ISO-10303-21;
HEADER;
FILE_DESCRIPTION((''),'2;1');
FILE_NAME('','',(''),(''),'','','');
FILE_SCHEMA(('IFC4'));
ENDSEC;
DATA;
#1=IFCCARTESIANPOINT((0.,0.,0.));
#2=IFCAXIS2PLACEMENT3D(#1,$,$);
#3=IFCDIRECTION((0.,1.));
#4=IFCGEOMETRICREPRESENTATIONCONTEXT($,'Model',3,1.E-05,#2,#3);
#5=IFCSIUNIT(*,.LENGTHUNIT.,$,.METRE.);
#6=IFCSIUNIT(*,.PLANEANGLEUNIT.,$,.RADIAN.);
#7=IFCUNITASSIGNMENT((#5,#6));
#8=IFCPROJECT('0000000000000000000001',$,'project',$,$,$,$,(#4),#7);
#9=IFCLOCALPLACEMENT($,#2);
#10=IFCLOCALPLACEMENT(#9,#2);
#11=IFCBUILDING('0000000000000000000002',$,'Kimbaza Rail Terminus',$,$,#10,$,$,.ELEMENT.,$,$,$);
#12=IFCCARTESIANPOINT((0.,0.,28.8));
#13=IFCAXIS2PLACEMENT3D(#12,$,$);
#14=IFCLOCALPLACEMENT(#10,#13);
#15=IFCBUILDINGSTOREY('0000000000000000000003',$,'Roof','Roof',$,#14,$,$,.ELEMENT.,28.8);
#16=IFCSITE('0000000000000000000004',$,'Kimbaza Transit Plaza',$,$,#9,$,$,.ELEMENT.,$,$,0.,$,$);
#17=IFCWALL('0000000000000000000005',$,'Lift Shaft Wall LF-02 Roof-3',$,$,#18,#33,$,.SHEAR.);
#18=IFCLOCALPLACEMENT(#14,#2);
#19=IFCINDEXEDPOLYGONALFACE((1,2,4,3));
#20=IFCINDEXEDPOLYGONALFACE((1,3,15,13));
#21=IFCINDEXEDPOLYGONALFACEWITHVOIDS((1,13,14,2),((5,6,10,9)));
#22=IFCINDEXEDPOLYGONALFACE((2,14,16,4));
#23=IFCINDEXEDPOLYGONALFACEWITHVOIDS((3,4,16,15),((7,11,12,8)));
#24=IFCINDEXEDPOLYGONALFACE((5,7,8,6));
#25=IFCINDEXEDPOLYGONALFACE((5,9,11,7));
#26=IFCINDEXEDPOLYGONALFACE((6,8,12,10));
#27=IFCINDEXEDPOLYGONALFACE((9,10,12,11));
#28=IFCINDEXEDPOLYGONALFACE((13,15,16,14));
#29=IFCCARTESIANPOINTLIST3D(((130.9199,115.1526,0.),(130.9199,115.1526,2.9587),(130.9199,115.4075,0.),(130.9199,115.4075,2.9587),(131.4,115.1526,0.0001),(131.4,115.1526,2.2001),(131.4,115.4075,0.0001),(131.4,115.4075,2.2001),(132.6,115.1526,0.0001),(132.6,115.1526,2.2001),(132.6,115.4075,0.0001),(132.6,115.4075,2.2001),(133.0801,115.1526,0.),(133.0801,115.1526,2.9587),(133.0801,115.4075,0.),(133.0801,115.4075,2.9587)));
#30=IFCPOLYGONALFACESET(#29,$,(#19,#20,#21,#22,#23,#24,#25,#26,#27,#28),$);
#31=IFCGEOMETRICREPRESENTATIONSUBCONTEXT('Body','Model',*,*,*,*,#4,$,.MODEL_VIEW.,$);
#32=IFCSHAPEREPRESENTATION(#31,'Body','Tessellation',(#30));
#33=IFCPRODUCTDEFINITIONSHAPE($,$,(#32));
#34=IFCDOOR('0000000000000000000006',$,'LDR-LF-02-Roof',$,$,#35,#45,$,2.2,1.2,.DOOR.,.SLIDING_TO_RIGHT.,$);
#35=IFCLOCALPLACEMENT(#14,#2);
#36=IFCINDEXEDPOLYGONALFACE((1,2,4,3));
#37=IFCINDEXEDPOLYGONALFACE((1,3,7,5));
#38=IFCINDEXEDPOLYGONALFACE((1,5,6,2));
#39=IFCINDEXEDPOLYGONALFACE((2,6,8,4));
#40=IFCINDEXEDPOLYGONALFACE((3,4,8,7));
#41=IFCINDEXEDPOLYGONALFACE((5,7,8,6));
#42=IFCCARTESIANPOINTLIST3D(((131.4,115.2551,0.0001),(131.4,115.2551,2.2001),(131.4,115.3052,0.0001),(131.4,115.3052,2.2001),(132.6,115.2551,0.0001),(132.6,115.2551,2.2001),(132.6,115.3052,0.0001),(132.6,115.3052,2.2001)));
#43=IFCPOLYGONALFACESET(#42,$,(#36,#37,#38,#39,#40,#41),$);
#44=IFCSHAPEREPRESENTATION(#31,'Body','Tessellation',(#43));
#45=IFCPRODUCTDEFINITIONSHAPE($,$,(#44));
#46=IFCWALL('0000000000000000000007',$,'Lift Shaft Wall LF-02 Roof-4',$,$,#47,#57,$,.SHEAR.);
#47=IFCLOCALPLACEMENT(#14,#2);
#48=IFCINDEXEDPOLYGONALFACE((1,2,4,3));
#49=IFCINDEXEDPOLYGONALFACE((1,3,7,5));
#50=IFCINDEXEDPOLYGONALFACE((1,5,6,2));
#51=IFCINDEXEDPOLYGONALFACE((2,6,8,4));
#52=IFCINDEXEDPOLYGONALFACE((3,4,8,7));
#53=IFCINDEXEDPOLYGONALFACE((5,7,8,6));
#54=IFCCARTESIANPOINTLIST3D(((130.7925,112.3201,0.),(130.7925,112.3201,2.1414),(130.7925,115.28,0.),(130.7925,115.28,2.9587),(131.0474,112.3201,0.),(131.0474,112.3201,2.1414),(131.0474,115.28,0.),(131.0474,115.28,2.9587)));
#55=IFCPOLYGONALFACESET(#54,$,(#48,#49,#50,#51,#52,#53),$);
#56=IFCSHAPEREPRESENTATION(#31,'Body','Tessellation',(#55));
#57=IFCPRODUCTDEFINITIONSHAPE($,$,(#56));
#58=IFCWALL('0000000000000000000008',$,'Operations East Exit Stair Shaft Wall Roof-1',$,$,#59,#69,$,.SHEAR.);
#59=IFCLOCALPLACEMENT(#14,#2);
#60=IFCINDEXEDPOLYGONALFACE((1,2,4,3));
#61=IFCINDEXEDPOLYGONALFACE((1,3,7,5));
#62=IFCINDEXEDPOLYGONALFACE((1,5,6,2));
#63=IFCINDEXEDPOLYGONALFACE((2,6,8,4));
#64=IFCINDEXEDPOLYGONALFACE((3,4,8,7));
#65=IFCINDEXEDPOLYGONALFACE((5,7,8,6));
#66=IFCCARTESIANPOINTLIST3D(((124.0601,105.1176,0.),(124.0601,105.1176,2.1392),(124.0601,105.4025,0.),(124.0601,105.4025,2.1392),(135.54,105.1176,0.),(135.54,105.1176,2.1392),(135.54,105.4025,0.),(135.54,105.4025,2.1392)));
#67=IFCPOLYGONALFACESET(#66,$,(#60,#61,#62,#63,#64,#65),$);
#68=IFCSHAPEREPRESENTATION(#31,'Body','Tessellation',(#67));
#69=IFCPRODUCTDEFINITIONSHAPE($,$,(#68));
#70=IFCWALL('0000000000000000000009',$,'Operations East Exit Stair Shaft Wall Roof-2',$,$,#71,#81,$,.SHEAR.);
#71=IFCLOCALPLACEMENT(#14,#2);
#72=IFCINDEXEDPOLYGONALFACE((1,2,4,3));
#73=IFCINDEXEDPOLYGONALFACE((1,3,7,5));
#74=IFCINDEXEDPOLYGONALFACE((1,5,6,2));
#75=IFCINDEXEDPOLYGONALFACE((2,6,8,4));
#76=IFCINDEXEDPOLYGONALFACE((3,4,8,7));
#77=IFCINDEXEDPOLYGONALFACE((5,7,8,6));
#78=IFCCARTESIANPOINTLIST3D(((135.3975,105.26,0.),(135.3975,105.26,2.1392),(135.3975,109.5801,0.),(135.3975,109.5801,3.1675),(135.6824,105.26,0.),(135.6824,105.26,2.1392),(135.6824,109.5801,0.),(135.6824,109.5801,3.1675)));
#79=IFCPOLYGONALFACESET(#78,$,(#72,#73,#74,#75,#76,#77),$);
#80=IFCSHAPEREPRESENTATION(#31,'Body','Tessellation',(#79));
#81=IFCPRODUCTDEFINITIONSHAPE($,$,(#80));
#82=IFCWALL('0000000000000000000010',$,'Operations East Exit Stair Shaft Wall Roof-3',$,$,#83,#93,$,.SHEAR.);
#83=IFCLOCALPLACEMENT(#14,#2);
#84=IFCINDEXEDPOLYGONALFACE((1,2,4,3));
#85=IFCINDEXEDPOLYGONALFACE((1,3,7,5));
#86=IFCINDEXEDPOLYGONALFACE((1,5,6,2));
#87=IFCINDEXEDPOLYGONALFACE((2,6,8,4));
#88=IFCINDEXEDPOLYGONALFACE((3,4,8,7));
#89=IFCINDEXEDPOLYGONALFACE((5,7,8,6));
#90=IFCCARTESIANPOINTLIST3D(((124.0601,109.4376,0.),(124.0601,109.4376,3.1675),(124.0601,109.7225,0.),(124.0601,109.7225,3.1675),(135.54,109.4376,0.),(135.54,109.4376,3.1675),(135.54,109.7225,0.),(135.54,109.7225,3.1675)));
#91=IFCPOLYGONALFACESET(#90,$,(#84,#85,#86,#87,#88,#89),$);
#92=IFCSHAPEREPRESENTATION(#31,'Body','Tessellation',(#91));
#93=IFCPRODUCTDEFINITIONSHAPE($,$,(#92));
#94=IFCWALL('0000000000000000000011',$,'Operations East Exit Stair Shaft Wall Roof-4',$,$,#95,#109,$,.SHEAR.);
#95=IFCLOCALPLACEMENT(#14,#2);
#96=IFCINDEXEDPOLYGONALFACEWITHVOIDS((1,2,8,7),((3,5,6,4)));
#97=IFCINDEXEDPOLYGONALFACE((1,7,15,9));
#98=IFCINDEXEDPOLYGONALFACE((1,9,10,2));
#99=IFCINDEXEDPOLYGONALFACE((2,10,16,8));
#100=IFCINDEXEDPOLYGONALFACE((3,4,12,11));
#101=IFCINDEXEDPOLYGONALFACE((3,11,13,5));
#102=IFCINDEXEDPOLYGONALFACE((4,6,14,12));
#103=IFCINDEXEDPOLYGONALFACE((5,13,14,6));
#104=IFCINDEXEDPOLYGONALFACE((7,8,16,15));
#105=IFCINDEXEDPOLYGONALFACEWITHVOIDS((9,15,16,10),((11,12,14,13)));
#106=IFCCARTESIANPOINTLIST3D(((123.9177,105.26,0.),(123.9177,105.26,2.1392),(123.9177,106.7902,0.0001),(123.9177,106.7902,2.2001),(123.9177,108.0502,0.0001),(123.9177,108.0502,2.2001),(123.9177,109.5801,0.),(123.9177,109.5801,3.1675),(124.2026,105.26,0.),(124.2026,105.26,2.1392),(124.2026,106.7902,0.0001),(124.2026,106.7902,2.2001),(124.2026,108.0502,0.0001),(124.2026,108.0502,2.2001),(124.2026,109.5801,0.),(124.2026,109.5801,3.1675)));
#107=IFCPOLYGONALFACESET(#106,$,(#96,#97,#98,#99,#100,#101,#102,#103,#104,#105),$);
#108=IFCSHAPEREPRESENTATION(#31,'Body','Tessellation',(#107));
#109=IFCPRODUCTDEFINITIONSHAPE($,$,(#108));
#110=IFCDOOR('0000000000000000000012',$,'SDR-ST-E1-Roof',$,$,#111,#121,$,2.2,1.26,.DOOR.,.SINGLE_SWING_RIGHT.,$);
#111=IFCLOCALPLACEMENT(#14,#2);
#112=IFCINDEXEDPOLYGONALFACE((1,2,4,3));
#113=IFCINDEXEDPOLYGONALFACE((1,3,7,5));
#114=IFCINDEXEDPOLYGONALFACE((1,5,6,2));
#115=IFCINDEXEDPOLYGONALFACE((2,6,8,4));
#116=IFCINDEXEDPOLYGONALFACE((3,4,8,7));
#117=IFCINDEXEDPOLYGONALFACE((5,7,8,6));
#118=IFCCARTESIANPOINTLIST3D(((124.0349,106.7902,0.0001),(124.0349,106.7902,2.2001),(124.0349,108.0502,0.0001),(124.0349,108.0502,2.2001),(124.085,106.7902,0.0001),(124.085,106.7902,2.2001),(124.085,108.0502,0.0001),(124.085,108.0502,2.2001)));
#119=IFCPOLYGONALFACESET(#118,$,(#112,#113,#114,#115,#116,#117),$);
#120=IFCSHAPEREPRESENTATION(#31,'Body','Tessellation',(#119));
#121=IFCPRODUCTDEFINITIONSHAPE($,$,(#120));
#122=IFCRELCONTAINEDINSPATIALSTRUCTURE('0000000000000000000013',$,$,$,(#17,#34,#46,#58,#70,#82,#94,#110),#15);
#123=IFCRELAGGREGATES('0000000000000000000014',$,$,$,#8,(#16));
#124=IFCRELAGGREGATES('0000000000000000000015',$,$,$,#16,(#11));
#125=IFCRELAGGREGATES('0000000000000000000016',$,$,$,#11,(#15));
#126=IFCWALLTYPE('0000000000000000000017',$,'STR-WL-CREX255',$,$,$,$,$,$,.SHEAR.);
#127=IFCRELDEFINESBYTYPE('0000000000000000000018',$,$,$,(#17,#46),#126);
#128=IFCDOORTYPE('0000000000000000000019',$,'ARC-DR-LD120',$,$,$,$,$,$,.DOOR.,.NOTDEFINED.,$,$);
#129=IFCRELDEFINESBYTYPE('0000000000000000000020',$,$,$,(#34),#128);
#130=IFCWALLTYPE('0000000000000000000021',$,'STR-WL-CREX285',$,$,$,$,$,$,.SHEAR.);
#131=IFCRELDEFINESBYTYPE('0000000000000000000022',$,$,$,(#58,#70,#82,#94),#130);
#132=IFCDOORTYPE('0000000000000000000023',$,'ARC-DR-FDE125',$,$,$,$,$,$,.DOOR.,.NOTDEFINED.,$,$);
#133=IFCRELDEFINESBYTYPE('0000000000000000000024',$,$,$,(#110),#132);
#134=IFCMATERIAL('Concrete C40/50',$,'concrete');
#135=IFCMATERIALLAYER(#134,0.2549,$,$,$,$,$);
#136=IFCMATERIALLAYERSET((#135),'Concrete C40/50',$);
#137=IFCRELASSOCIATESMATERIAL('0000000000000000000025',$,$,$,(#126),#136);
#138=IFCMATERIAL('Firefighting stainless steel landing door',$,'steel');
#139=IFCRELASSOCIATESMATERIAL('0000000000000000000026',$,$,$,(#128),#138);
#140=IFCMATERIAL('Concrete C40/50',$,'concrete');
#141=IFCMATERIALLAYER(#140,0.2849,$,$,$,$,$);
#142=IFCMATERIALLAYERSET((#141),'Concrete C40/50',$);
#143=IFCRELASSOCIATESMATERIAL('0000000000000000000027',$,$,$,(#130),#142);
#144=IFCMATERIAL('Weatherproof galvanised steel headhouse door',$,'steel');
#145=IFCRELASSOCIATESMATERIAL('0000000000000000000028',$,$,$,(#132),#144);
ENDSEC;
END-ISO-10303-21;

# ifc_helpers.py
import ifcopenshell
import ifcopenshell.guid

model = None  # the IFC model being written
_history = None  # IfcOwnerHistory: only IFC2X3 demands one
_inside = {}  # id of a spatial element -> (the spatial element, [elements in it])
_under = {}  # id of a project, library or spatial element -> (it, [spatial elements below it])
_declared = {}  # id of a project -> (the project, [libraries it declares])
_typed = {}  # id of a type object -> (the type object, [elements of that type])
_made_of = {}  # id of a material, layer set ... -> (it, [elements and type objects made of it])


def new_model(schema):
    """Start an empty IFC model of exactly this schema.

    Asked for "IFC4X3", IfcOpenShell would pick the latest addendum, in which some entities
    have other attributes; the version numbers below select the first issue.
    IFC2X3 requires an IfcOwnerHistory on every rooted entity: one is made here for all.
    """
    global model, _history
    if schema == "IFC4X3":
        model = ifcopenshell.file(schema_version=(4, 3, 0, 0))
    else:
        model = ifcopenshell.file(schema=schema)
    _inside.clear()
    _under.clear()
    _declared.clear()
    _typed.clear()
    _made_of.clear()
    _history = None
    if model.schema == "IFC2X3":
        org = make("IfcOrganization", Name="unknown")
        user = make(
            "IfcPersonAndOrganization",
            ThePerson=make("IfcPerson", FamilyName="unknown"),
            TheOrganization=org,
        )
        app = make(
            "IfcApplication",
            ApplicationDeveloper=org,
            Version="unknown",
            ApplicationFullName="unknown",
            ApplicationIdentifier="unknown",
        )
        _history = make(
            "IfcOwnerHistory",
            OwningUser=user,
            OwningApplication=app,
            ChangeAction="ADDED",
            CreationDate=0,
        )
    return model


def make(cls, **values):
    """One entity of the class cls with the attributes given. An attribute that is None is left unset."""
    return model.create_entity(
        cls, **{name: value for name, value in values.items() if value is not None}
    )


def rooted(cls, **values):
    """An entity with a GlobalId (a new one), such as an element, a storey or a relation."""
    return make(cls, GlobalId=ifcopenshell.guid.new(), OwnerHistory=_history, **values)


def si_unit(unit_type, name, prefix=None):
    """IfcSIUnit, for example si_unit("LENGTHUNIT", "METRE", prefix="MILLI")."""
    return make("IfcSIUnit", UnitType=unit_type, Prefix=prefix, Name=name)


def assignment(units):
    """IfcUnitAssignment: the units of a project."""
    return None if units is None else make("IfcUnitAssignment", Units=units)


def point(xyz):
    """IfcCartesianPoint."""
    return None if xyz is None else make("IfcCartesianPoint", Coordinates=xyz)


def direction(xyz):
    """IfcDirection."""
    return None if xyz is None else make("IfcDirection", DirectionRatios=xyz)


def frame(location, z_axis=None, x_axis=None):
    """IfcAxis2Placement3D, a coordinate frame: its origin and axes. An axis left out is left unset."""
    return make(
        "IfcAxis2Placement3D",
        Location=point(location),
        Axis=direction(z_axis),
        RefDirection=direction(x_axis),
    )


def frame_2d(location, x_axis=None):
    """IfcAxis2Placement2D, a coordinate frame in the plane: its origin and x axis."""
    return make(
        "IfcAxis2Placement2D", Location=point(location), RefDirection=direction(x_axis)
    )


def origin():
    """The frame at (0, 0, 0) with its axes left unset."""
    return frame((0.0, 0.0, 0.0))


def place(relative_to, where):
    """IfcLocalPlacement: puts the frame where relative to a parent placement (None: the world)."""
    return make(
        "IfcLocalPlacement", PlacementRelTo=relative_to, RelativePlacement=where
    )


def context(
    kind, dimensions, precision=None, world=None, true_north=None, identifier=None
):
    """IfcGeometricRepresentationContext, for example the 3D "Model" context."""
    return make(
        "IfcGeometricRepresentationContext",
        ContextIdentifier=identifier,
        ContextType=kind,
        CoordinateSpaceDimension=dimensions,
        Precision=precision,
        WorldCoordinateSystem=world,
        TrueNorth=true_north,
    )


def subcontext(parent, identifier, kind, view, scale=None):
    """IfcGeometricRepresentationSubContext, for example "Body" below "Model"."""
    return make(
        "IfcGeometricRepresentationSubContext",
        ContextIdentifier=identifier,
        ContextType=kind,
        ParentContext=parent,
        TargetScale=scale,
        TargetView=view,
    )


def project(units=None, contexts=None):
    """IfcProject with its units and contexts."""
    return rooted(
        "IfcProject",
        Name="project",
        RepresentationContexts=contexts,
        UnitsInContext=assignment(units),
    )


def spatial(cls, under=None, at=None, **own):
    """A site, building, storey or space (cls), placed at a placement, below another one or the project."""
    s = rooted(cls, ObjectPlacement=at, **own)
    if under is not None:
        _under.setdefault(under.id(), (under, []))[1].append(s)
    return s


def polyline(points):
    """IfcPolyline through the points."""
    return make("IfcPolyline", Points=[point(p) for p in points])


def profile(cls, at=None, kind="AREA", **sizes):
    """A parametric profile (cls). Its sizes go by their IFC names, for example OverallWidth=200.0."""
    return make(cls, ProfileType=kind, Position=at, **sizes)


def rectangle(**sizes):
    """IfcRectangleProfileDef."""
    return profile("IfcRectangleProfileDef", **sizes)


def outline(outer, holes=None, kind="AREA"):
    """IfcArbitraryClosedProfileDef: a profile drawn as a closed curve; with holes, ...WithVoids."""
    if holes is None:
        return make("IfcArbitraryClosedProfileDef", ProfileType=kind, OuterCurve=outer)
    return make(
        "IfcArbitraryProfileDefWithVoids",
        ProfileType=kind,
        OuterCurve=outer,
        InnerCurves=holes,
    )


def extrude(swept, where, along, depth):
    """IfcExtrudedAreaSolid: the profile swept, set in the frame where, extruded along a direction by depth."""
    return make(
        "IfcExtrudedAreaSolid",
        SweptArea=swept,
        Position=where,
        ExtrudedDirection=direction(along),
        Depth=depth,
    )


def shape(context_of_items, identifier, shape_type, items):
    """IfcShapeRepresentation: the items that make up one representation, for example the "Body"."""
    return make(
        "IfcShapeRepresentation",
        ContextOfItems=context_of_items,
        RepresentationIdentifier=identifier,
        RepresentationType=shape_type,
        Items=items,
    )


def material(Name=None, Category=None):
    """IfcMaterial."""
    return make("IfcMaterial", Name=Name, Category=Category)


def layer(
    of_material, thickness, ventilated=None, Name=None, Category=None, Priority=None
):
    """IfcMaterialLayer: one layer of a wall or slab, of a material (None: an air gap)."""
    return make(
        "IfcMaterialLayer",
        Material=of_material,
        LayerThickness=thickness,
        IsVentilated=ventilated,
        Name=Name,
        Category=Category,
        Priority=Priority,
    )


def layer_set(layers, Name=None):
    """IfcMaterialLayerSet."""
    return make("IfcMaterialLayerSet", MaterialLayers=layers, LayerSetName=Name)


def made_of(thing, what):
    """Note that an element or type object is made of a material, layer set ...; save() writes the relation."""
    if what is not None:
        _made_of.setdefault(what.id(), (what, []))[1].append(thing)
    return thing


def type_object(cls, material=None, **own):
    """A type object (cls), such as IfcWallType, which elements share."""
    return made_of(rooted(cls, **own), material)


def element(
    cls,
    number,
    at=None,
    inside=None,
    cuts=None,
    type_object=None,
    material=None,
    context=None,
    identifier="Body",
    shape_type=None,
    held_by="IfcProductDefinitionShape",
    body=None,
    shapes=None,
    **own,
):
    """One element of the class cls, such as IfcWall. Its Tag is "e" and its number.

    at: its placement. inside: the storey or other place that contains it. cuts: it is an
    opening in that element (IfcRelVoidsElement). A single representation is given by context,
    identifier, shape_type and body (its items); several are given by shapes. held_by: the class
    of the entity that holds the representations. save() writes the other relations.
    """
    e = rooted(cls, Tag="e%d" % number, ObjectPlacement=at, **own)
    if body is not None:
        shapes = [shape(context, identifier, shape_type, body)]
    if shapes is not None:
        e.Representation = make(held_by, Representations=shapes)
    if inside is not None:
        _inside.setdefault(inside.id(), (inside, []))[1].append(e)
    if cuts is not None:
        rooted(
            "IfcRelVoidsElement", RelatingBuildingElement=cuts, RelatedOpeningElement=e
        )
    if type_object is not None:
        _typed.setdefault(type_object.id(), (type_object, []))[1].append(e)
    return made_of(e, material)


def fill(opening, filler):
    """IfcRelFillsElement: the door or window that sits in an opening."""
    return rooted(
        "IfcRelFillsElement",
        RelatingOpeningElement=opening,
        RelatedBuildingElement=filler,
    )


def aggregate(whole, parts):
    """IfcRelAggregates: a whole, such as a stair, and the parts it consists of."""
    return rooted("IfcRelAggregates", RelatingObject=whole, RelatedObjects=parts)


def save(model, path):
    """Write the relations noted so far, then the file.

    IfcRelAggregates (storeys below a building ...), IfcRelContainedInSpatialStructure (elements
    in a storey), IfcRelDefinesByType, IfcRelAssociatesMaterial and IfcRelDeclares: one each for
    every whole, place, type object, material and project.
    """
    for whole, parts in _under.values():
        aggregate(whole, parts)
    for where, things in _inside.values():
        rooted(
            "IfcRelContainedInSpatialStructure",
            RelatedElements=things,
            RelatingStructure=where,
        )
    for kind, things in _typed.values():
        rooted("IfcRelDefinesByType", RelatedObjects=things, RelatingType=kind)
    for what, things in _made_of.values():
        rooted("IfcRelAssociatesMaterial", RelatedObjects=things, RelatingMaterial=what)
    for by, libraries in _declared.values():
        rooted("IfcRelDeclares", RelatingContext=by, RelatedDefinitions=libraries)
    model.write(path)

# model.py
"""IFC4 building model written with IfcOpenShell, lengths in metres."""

from ifc_helpers import new_model, si_unit, direction, frame, frame_2d, origin, place, context, subcontext, project, spatial, polyline, rectangle, outline, extrude, material, layer, layer_set, type_object, element, fill, save


model = new_model("IFC4")

# Units and contexts
model_context = context("Model", 3, precision=1e-05, world=origin(), true_north=direction((0.0, 1.0)))
body_context = subcontext(model_context, "Body", "Model", "MODEL_VIEW")
ifc_project = project(units=[si_unit("LENGTHUNIT", "METRE"), si_unit("PLANEANGLEUNIT", "RADIAN")], contexts=[model_context])

# Site, building, storey
site_placement = place(None, origin())
site = spatial("IfcSite", under=ifc_project, at=site_placement, Name="Kimbaza Transit Plaza", CompositionType="ELEMENT", RefElevation=0.0)
building_placement = place(site_placement, origin())
building = spatial("IfcBuilding", under=site, at=building_placement, Name="Kimbaza Rail Terminus", CompositionType="ELEMENT")
storey_placement = place(building_placement, frame((0.0, 0.0, 28.8)))
storey = spatial("IfcBuildingStorey", under=building, at=storey_placement, Name="Roof", Description="Roof", CompositionType="ELEMENT", Elevation=28.8)

# Shared definitions
ifc_material_1 = material(Name="Concrete C40/50", Category="concrete")
ifc_layer_1 = layer(ifc_material_1, 0.2549)
ifc_layer_set_1 = layer_set([ifc_layer_1], Name="Concrete C40/50")
wall_type_1 = type_object("IfcWallType", Name="STR-WL-CREX255", PredefinedType="SHEAR", material=ifc_layer_set_1)

# Wall, opening, door
wall_1_placement = place(storey_placement, frame((133.0801, 115.28, 0.0), z_axis=(0.0, 0.0, 1.0), x_axis=(-1.0, 0.0, 0.0)))
wall_1 = element("IfcWall", 1, at=wall_1_placement, inside=storey, type_object=wall_type_1, Name="Lift Shaft Wall LF-02 Roof-3", PredefinedType="SHEAR", context=body_context, shape_type="SweptSolid", body=[
    extrude(rectangle(XDim=2.1602, YDim=0.2549, at=frame_2d((1.0801, 0.0))), origin(), (0.0, 0.0, 1.0), 2.9587),
])
opening_1_placement = place(wall_1_placement, frame((0.48, 0.0, 0.0)))
opening_1 = element("IfcOpeningElement", 2, at=opening_1_placement, cuts=wall_1, PredefinedType="OPENING", context=body_context, shape_type="SweptSolid", body=[
    extrude(rectangle(XDim=1.2, YDim=2.2, at=frame_2d((0.6001, 1.1001))), frame((0.0, 0.1375, 0.0), z_axis=(0.0, -1.0, 0.0), x_axis=(1.0, 0.0, 0.0)), (0.0, 0.0, 1.0), 0.2749),
])
ifc_material_2 = material(Name="Firefighting stainless steel landing door", Category="steel")
door_type_1 = type_object("IfcDoorType", Name="ARC-DR-LD120", OperationType="NOTDEFINED", PredefinedType="DOOR", material=ifc_material_2)
door_1_placement = place(opening_1_placement, origin())
door_1 = element("IfcDoor", 3, at=door_1_placement, inside=storey, type_object=door_type_1, Name="LDR-LF-02-Roof", OperationType="SLIDING_TO_RIGHT", OverallHeight=2.2, OverallWidth=1.2, PredefinedType="DOOR", context=body_context, shape_type="SweptSolid", body=[
    extrude(rectangle(XDim=1.2, YDim=2.2, at=frame_2d((0.6001, 1.1001))), frame((0.0, 0.0249, 0.0), z_axis=(0.0, -1.0, 0.0), x_axis=(1.0, 0.0, 0.0)), (0.0, 0.0, 1.0), 0.05),
])
fill(opening_1, door_1)

# Walls
wall_2_placement = place(storey_placement, frame((130.9199, 115.28, 0.0), z_axis=(0.0, 0.0, 1.0), x_axis=(0.0, -1.0, 0.0)))
element("IfcWall", 4, at=wall_2_placement, inside=storey, type_object=wall_type_1, Name="Lift Shaft Wall LF-02 Roof-4", PredefinedType="SHEAR", context=body_context, shape_type="SweptSolid", body=[
    extrude(outline(polyline([(0.0, 0.0), (2.96, 0.0), (2.96, 2.1414), (0.0, 2.9587), (0.0, 0.0)])), frame((0.0, 0.1274, 0.0), z_axis=(0.0, -1.0, 0.0), x_axis=(1.0, 0.0, 0.0)), (0.0, 0.0, 1.0), 0.2549),
])
ifc_material_3 = material(Name="Concrete C40/50", Category="concrete")
ifc_layer_2 = layer(ifc_material_3, 0.2849)
ifc_layer_set_2 = layer_set([ifc_layer_2], Name="Concrete C40/50")
wall_type_2 = type_object("IfcWallType", Name="STR-WL-CREX285", PredefinedType="SHEAR", material=ifc_layer_set_2)
wall_3_placement = place(storey_placement, frame((124.0601, 105.26, 0.0), z_axis=(0.0, 0.0, 1.0), x_axis=(1.0, 0.0, 0.0)))
element("IfcWall", 5, at=wall_3_placement, inside=storey, type_object=wall_type_2, Name="Operations East Exit Stair Shaft Wall Roof-1", PredefinedType="SHEAR", context=body_context, shape_type="SweptSolid", body=[
    extrude(rectangle(XDim=11.48, YDim=0.2849, at=frame_2d((5.74, 0.0))), origin(), (0.0, 0.0, 1.0), 2.1392),
])
wall_4_placement = place(storey_placement, frame((135.54, 105.26, 0.0), z_axis=(0.0, 0.0, 1.0), x_axis=(0.0, 1.0, 0.0)))
element("IfcWall", 6, at=wall_4_placement, inside=storey, type_object=wall_type_2, Name="Operations East Exit Stair Shaft Wall Roof-2", PredefinedType="SHEAR", context=body_context, shape_type="SweptSolid", body=[
    extrude(outline(polyline([(0.0, 0.0), (4.3201, 0.0), (4.3201, 3.1675), (0.0, 2.1392), (0.0, 0.0)])), frame((0.0, 0.1426, 0.0), z_axis=(0.0, -1.0, 0.0), x_axis=(1.0, 0.0, 0.0)), (0.0, 0.0, 1.0), 0.2849),
])
wall_5_placement = place(storey_placement, frame((135.54, 109.5801, 0.0), z_axis=(0.0, 0.0, 1.0), x_axis=(-1.0, 0.0, 0.0)))
element("IfcWall", 7, at=wall_5_placement, inside=storey, type_object=wall_type_2, Name="Operations East Exit Stair Shaft Wall Roof-3", PredefinedType="SHEAR", context=body_context, shape_type="SweptSolid", body=[
    extrude(rectangle(XDim=11.48, YDim=0.2849, at=frame_2d((5.74, 0.0))), origin(), (0.0, 0.0, 1.0), 3.1675),
])

# Wall, opening, door
wall_6_placement = place(storey_placement, frame((124.0601, 109.5801, 0.0), z_axis=(0.0, 0.0, 1.0), x_axis=(0.0, -1.0, 0.0)))
wall_6 = element("IfcWall", 8, at=wall_6_placement, inside=storey, type_object=wall_type_2, Name="Operations East Exit Stair Shaft Wall Roof-4", PredefinedType="SHEAR", context=body_context, shape_type="SweptSolid", body=[
    extrude(outline(polyline([(0.0, 0.0), (4.3201, 0.0), (4.3201, 2.1392), (0.0, 3.1675), (0.0, 0.0)])), frame((0.0, 0.1426, 0.0), z_axis=(0.0, -1.0, 0.0), x_axis=(1.0, 0.0, 0.0)), (0.0, 0.0, 1.0), 0.2849),
])
opening_2_placement = place(wall_6_placement, frame((1.53, 0.0, 0.0)))
opening_2 = element("IfcOpeningElement", 9, at=opening_2_placement, cuts=wall_6, PredefinedType="OPENING", context=body_context, shape_type="SweptSolid", body=[
    extrude(rectangle(XDim=1.26, YDim=2.2, at=frame_2d((0.6299, 1.1001))), frame((0.0, 0.1523, 0.0), z_axis=(0.0, -1.0, 0.0), x_axis=(1.0, 0.0, 0.0)), (0.0, 0.0, 1.0), 0.3049),
])
ifc_material_4 = material(Name="Weatherproof galvanised steel headhouse door", Category="steel")
door_type_2 = type_object("IfcDoorType", Name="ARC-DR-FDE125", OperationType="NOTDEFINED", PredefinedType="DOOR", material=ifc_material_4)
door_2_placement = place(opening_2_placement, origin())
door_2 = element("IfcDoor", 10, at=door_2_placement, inside=storey, type_object=door_type_2, Name="SDR-ST-E1-Roof", OperationType="SINGLE_SWING_RIGHT", OverallHeight=2.2, OverallWidth=1.26, PredefinedType="DOOR", context=body_context, shape_type="SweptSolid", body=[
    extrude(rectangle(XDim=1.26, YDim=2.2, at=frame_2d((0.6299, 1.1001))), frame((0.0, 0.0249, 0.0), z_axis=(0.0, -1.0, 0.0), x_axis=(1.0, 0.0, 0.0)), (0.0, 0.0, 1.0), 0.05),
])
fill(opening_2, door_2)

save(model, "model.ifc")
